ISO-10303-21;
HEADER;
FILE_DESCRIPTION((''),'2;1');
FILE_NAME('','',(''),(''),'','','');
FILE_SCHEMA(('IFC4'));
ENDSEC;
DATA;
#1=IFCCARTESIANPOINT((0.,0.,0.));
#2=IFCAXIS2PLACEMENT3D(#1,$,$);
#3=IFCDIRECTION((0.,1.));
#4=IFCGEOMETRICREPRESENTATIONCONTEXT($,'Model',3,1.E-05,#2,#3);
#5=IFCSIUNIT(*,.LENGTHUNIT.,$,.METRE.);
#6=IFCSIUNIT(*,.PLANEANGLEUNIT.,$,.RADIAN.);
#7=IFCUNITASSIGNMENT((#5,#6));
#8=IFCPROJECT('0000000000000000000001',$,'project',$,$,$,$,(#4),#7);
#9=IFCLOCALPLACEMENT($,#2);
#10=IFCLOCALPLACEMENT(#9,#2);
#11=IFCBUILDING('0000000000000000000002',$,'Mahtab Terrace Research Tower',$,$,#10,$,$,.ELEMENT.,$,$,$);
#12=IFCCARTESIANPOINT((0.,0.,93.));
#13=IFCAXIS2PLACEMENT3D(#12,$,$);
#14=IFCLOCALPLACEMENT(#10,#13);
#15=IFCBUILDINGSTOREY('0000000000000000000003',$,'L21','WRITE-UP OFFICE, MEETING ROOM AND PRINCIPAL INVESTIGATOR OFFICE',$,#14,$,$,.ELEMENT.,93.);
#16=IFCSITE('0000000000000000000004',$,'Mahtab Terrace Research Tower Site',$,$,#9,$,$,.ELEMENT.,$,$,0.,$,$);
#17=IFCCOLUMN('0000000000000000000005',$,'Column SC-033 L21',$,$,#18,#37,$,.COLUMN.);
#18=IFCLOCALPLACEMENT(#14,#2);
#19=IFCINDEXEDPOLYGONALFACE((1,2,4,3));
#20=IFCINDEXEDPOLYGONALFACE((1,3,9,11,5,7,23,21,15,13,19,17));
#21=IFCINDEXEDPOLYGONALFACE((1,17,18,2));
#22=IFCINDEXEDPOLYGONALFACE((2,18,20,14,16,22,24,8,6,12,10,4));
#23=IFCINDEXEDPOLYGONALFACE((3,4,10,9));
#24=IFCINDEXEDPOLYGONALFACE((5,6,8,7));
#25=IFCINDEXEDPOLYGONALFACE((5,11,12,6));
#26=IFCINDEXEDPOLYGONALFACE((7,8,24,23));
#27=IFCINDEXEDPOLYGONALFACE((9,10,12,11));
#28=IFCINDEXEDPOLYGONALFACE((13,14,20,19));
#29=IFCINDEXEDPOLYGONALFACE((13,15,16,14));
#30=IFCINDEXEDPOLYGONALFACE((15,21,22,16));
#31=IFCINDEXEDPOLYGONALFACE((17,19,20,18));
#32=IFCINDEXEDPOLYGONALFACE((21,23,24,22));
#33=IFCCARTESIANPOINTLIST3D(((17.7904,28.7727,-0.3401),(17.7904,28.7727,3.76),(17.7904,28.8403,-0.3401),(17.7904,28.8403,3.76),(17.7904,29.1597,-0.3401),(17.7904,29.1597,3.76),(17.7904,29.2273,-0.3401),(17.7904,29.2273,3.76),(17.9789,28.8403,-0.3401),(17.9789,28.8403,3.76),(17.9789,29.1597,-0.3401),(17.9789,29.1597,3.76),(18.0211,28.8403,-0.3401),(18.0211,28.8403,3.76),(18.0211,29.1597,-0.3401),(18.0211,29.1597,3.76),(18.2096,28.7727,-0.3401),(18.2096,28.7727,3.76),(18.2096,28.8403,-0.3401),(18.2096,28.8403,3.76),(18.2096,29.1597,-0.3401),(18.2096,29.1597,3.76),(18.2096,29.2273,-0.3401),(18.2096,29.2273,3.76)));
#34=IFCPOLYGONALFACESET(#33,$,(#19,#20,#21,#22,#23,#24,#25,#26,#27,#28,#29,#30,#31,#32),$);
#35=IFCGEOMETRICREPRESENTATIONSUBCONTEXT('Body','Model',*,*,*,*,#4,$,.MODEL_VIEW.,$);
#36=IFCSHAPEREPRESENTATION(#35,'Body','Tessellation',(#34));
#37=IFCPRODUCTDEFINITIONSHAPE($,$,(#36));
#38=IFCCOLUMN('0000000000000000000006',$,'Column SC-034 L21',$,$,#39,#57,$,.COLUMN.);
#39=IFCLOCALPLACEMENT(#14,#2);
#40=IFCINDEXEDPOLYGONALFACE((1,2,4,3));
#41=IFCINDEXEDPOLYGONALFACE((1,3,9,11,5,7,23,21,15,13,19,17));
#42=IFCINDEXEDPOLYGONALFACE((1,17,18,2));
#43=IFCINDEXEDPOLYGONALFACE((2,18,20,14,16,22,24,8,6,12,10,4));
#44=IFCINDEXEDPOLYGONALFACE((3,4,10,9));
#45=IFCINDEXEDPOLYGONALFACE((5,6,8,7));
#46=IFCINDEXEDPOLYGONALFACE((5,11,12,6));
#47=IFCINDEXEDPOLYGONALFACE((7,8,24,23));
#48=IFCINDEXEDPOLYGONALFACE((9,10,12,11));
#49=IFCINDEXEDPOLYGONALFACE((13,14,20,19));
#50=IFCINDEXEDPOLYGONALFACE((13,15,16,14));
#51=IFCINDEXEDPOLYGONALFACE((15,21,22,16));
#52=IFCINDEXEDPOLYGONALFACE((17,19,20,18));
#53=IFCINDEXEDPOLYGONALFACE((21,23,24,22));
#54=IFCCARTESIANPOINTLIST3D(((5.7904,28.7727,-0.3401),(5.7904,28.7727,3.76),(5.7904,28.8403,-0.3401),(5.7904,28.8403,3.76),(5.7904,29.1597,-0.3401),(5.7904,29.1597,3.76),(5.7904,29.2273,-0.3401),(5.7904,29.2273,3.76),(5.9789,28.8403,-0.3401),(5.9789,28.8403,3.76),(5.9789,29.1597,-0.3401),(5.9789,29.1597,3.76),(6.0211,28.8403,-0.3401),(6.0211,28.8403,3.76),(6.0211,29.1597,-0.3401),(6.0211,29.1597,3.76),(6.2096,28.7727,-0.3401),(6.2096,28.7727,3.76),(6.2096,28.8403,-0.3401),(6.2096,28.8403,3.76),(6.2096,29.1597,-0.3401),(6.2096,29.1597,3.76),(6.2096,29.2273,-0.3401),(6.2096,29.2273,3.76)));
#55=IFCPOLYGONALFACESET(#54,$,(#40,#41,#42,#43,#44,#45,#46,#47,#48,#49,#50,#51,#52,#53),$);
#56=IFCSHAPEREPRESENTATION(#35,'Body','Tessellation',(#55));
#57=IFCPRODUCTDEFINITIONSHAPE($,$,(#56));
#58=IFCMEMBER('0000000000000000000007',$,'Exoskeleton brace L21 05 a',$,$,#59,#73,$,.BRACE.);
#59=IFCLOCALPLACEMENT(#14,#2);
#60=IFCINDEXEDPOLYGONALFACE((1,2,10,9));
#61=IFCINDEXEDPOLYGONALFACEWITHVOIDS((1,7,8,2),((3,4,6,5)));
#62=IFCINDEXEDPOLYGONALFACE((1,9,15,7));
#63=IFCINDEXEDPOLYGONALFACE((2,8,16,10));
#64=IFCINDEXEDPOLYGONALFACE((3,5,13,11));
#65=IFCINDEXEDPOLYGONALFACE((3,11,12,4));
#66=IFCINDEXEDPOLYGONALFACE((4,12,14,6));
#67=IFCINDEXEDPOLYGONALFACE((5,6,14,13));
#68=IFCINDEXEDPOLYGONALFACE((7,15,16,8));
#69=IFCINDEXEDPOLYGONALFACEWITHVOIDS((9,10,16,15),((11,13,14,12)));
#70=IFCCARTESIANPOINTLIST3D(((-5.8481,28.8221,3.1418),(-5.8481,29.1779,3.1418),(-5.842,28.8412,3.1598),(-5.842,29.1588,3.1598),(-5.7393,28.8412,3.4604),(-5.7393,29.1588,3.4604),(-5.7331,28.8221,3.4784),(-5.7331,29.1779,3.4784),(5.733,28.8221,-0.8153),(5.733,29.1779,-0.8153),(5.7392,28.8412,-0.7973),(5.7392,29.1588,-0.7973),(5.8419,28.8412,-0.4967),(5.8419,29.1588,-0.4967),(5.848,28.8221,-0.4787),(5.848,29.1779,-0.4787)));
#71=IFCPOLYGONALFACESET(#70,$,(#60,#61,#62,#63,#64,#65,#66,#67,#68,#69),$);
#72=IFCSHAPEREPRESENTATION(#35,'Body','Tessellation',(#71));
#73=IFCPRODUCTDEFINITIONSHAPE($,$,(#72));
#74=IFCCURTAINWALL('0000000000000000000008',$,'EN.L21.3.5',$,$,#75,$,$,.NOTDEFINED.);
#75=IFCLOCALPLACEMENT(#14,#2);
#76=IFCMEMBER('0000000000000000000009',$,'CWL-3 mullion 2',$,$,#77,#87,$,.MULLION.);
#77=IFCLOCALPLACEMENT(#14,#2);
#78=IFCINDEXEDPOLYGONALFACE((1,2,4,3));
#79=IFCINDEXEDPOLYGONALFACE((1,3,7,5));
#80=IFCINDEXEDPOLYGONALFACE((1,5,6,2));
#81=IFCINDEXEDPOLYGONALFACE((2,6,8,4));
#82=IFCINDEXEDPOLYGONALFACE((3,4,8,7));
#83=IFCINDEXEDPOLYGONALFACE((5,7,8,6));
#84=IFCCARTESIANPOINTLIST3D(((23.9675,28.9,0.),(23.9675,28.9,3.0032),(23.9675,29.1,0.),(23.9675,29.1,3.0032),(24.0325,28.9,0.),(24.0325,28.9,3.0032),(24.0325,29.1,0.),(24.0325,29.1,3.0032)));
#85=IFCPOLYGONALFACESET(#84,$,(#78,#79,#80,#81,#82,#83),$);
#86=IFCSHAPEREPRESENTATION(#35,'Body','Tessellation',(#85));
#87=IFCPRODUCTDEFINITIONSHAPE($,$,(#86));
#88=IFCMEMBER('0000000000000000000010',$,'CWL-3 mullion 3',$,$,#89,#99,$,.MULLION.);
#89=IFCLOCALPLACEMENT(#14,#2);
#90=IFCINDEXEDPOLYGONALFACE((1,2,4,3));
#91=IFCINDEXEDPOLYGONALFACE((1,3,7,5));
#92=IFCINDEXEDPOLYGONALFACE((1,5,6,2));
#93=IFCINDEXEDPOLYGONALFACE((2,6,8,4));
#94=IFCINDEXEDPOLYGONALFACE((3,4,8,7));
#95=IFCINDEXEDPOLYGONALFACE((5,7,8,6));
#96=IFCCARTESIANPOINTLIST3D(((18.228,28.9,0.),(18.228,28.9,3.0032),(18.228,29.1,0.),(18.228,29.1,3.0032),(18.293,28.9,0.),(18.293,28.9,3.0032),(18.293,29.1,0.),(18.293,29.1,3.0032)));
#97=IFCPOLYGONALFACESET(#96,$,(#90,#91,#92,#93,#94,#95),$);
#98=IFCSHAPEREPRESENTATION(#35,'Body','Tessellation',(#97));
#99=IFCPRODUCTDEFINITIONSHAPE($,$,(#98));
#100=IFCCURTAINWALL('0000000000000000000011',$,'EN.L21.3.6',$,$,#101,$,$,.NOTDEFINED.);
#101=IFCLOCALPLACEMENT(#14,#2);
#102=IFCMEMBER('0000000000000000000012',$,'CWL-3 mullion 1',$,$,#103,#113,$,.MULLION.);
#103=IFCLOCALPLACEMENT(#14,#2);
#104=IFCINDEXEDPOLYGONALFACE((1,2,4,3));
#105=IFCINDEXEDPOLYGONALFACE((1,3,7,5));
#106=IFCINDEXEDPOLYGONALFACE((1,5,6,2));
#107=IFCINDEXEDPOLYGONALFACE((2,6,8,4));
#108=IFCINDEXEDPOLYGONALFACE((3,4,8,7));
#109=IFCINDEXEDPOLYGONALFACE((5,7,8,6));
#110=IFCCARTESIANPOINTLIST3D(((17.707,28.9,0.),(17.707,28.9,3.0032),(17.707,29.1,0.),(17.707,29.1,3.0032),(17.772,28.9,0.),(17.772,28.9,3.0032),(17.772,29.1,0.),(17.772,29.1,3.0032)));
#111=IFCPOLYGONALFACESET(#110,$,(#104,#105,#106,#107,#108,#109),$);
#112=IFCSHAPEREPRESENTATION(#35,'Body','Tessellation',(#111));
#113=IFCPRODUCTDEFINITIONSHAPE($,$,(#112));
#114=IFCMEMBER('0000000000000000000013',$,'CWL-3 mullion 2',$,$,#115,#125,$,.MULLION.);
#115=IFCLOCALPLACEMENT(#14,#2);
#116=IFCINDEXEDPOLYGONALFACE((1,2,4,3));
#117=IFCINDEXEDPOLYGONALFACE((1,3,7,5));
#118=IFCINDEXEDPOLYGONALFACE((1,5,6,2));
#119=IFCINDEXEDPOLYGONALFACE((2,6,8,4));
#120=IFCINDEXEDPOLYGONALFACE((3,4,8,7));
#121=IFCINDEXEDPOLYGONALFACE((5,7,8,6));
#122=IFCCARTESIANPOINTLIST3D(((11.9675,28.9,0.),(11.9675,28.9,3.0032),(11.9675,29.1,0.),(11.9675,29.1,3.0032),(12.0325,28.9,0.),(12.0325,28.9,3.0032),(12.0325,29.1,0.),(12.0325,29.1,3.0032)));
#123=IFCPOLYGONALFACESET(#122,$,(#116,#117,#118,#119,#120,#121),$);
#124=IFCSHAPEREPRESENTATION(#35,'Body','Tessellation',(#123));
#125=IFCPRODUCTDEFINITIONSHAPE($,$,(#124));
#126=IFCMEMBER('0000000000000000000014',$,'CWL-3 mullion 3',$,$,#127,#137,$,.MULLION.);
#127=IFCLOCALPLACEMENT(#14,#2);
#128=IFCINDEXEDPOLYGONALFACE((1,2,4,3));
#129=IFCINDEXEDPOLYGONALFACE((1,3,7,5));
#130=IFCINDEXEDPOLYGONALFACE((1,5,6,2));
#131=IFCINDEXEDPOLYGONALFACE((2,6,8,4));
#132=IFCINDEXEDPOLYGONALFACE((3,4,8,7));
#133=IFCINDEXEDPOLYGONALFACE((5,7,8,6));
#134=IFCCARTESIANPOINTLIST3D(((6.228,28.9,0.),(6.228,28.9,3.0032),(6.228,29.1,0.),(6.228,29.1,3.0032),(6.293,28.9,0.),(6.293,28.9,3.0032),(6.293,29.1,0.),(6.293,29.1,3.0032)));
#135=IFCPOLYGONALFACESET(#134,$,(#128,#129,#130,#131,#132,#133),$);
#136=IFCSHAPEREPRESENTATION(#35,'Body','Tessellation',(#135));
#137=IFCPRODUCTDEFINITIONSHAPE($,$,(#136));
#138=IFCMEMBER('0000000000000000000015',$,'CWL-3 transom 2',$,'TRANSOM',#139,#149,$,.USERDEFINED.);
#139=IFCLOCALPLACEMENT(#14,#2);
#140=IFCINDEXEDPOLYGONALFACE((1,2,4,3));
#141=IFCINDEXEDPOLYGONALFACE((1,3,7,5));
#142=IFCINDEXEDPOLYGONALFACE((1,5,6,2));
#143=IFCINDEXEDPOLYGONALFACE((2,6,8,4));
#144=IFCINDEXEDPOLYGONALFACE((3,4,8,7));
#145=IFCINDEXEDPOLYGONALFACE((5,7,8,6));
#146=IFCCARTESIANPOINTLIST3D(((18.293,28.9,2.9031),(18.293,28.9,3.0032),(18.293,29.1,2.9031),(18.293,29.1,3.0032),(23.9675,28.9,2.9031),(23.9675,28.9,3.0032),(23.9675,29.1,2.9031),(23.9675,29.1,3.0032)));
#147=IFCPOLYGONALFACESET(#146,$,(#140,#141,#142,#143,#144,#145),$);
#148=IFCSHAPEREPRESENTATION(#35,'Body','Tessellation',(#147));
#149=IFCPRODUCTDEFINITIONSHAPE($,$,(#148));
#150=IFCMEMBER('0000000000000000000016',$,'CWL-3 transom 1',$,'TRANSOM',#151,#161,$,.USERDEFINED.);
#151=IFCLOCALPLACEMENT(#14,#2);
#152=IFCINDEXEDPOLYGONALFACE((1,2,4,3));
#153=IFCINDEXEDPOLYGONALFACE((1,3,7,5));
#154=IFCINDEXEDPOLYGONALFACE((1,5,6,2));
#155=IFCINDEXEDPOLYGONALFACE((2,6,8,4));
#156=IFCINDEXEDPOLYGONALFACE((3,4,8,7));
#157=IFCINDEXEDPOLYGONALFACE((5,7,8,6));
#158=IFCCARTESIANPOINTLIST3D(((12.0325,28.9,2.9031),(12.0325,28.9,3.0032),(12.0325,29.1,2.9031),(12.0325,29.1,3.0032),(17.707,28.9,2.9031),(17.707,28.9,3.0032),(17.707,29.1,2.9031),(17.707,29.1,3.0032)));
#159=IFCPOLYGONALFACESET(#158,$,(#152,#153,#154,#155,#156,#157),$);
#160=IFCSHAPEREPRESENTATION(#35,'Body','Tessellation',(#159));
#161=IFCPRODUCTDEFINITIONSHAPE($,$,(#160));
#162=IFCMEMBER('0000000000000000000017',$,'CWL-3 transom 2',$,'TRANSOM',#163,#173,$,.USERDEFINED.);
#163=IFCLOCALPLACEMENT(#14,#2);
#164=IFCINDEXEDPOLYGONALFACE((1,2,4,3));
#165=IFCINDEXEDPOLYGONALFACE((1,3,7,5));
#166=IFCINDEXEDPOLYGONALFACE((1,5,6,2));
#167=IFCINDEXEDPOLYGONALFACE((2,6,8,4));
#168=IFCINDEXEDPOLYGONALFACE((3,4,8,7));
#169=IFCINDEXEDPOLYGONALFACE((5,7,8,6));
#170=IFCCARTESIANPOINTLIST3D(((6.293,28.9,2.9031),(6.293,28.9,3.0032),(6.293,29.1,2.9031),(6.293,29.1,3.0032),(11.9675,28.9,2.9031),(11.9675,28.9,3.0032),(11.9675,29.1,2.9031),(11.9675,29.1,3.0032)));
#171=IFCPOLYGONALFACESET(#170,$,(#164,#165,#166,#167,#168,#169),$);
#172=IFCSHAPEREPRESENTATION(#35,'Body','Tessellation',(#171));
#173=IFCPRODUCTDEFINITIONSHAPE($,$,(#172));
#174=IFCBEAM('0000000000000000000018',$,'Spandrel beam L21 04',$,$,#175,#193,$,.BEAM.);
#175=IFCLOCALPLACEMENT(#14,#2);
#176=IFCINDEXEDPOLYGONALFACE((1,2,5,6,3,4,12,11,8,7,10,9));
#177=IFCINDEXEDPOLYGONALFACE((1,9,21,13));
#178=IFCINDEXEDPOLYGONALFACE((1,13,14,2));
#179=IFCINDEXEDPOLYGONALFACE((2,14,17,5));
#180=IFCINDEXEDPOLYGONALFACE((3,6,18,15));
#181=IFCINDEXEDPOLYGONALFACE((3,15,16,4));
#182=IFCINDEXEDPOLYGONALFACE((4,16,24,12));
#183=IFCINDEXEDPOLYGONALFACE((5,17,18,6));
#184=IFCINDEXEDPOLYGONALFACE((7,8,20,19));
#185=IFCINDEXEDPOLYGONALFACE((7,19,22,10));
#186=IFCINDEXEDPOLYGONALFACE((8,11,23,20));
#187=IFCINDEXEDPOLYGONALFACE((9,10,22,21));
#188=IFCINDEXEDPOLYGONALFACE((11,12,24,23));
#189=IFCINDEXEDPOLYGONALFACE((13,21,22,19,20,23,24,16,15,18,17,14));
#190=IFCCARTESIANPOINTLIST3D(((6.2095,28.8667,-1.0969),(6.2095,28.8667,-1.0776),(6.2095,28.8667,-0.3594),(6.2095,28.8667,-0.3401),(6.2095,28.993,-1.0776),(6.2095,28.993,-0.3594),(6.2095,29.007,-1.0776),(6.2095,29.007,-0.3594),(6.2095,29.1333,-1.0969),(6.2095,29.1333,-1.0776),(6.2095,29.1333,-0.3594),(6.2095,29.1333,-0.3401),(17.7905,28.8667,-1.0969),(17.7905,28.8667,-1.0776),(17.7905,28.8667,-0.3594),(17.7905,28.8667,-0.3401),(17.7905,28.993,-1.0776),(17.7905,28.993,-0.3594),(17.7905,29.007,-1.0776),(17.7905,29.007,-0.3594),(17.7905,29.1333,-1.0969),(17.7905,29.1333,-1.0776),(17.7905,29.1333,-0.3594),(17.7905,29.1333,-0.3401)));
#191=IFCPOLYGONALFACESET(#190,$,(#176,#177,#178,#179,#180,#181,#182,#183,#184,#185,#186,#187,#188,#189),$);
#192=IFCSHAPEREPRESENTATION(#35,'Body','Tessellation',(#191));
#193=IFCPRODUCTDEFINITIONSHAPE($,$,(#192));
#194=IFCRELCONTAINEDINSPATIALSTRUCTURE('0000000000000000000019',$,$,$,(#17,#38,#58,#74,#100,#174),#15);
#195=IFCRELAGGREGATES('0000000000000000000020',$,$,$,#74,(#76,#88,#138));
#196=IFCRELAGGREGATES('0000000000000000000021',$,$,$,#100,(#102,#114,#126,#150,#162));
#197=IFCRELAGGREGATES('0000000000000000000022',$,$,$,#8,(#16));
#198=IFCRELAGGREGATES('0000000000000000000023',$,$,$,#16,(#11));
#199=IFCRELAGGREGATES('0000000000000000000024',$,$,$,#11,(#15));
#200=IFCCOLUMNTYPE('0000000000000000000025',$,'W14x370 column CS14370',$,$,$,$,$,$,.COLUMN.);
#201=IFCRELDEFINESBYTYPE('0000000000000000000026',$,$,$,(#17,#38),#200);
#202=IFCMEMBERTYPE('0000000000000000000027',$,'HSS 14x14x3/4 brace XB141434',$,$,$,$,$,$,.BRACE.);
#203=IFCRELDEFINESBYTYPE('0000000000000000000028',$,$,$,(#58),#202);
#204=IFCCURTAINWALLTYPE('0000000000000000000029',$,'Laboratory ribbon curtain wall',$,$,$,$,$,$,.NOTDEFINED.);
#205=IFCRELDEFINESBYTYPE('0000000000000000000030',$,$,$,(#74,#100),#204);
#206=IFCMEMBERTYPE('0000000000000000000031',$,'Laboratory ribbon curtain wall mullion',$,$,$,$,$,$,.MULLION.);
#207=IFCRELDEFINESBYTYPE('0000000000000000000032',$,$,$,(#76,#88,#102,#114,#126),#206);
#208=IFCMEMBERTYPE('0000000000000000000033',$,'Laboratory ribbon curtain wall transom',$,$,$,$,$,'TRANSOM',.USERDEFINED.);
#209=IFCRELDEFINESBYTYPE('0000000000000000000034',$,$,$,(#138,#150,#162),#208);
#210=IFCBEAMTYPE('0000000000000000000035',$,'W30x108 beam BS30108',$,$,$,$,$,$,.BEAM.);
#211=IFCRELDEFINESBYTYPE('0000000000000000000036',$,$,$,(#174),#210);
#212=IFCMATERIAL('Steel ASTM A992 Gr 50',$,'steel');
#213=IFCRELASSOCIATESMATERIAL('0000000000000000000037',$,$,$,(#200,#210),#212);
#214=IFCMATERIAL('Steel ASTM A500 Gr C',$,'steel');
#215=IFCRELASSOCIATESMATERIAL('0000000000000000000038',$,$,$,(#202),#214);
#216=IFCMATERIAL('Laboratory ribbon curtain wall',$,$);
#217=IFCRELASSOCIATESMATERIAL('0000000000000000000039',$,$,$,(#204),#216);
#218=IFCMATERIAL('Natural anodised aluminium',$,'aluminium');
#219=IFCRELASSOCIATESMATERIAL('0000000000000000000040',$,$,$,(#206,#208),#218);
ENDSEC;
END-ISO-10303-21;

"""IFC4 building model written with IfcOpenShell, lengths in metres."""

from ifc_helpers import new_model, si_unit, direction, frame, origin, origin_2d, place, context, subcontext, project, spatial, rectangle, hollow_rectangle, i_section, extrude, material, material_profile, profile_set, type_object, element, aggregate, save


model = new_model("IFC4")

# Units and contexts
model_context = context("Model", 3, precision=1e-05, world=origin(), true_north=direction((0.0, 1.0)))
body_context = subcontext(model_context, "Body", "Model", "MODEL_VIEW")
ifc_project = project(units=[si_unit("LENGTHUNIT", "METRE"), si_unit("PLANEANGLEUNIT", "RADIAN")], contexts=[model_context])

# Site, building, storey
site_placement = place(None, origin())
site = spatial("IfcSite", under=ifc_project, at=site_placement, Name="Mahtab Terrace Research Tower Site", CompositionType="ELEMENT", RefElevation=0.0)
building_placement = place(site_placement, origin())
building = spatial("IfcBuilding", under=site, at=building_placement, Name="Mahtab Terrace Research Tower", CompositionType="ELEMENT")
storey_placement = place(building_placement, frame((0.0, 0.0, 93.0)))
storey = spatial("IfcBuildingStorey", under=building, at=storey_placement, Name="L21", Description="WRITE-UP OFFICE, MEETING ROOM AND PRINCIPAL INVESTIGATOR OFFICE", CompositionType="ELEMENT", Elevation=93.0)

# Columns
ifc_material_1 = material(Name="Steel ASTM A992 Gr 50", Category="steel")
ifc_material_profile_1 = material_profile(ifc_material_1, i_section(OverallWidth=0.4192, OverallDepth=0.4546, WebThickness=0.0422, FlangeThickness=0.0676, at=origin_2d()), Name="W14X370")
ifc_profile_set_1 = profile_set([ifc_material_profile_1], Name="Steel ASTM A992 Gr 50")
column_type = type_object("IfcColumnType", Name="W14x370 column CS14370", PredefinedType="COLUMN", material=ifc_profile_set_1)
for number, where, z_axis, x_axis, name in (
    (1, (18.0, 29.0, -0.3401), (0.0, 0.0, 1.0), (1.0, 0.0, 0.0), "Column SC-033 L21"),
    (2, (6.0, 29.0, -0.3401), (0.0, 0.0, 1.0), (1.0, 0.0, 0.0), "Column SC-034 L21"),
):
    element("IfcColumn", number, at=place(storey_placement, frame(where, z_axis=z_axis, x_axis=x_axis)), inside=storey, type_object=column_type, Name=name, PredefinedType="COLUMN", context=body_context, shape_type="SweptSolid", body=[
        extrude(i_section(OverallWidth=0.4192, OverallDepth=0.4546, WebThickness=0.0422, FlangeThickness=0.0676, at=origin_2d()), origin(), (0.0, 0.0, 1.0), 4.1001),
    ])

# Member
ifc_material_2 = material(Name="Steel ASTM A500 Gr C", Category="steel")
ifc_material_profile_2 = material_profile(ifc_material_2, hollow_rectangle(XDim=0.3557, YDim=0.3557, WallThickness=0.019, at=origin_2d()), Name="HSS14X14X3/4")
ifc_profile_set_2 = profile_set([ifc_material_profile_2], Name="Steel ASTM A500 Gr C")
member_type_1 = type_object("IfcMemberType", Name="HSS 14x14x3/4 brace XB141434", PredefinedType="BRACE", material=ifc_profile_set_2)
member_1_placement = place(storey_placement, frame((5.7905, 29.0, -0.647), z_axis=(-0.946287, 0.0, 0.323329), x_axis=(0.0, -1.0, 0.0)))
element("IfcMember", 3, at=member_1_placement, inside=storey, type_object=member_type_1, Name="Exoskeleton brace L21 05 a", PredefinedType="BRACE", context=body_context, shape_type="SweptSolid", body=[
    extrude(hollow_rectangle(XDim=0.3557, YDim=0.3557, WallThickness=0.019, at=origin_2d()), origin(), (0.0, 0.0, 1.0), 12.2385),
])

# Curtain walls, members
ifc_material_3 = material(Name="Laboratory ribbon curtain wall")
curtain_wall_type = type_object("IfcCurtainWallType", Name="Laboratory ribbon curtain wall", PredefinedType="NOTDEFINED", material=ifc_material_3)
curtain_wall_1_placement = place(storey_placement, origin())
curtain_wall_1 = element("IfcCurtainWall", 4, at=curtain_wall_1_placement, inside=storey, type_object=curtain_wall_type, Name="EN.L21.3.5", PredefinedType="NOTDEFINED")
ifc_material_4 = material(Name="Natural anodised aluminium", Category="aluminium")
ifc_material_profile_3 = material_profile(ifc_material_4, rectangle(XDim=0.2, YDim=0.0649, at=origin_2d()), Name="MULLION 65x200")
ifc_profile_set_3 = profile_set([ifc_material_profile_3], Name="Natural anodised aluminium")
member_type_2 = type_object("IfcMemberType", Name="Laboratory ribbon curtain wall mullion", PredefinedType="MULLION", material=ifc_profile_set_3)
member_2_placement = place(storey_placement, frame((24.0, 29.0, 0.0), z_axis=(0.0, 0.0, 1.0), x_axis=(0.0, -1.0, 0.0)))
member_2 = element("IfcMember", 5, at=member_2_placement, type_object=member_type_2, Name="CWL-3 mullion 2", PredefinedType="MULLION", context=body_context, shape_type="SweptSolid", body=[
    extrude(rectangle(XDim=0.2, YDim=0.0649, at=origin_2d()), origin(), (0.0, 0.0, 1.0), 3.0032),
])
member_3_placement = place(storey_placement, frame((18.2605, 29.0, 0.0), z_axis=(0.0, 0.0, 1.0), x_axis=(0.0, -1.0, 0.0)))
member_3 = element("IfcMember", 6, at=member_3_placement, type_object=member_type_2, Name="CWL-3 mullion 3", PredefinedType="MULLION", context=body_context, shape_type="SweptSolid", body=[
    extrude(rectangle(XDim=0.2, YDim=0.0649, at=origin_2d()), origin(), (0.0, 0.0, 1.0), 3.0032),
])
curtain_wall_2_placement = place(storey_placement, origin())
curtain_wall_2 = element("IfcCurtainWall", 7, at=curtain_wall_2_placement, inside=storey, type_object=curtain_wall_type, Name="EN.L21.3.6", PredefinedType="NOTDEFINED")
member_4_placement = place(storey_placement, frame((17.7395, 29.0, 0.0), z_axis=(0.0, 0.0, 1.0), x_axis=(0.0, -1.0, 0.0)))
member_4 = element("IfcMember", 8, at=member_4_placement, type_object=member_type_2, Name="CWL-3 mullion 1", PredefinedType="MULLION", context=body_context, shape_type="SweptSolid", body=[
    extrude(rectangle(XDim=0.2, YDim=0.0649, at=origin_2d()), origin(), (0.0, 0.0, 1.0), 3.0032),
])
member_5_placement = place(storey_placement, frame((12.0, 29.0, 0.0), z_axis=(0.0, 0.0, 1.0), x_axis=(0.0, -1.0, 0.0)))
member_5 = element("IfcMember", 9, at=member_5_placement, type_object=member_type_2, Name="CWL-3 mullion 2", PredefinedType="MULLION", context=body_context, shape_type="SweptSolid", body=[
    extrude(rectangle(XDim=0.2, YDim=0.0649, at=origin_2d()), origin(), (0.0, 0.0, 1.0), 3.0032),
])
member_6_placement = place(storey_placement, frame((6.2605, 29.0, 0.0), z_axis=(0.0, 0.0, 1.0), x_axis=(0.0, -1.0, 0.0)))
member_6 = element("IfcMember", 10, at=member_6_placement, type_object=member_type_2, Name="CWL-3 mullion 3", PredefinedType="MULLION", context=body_context, shape_type="SweptSolid", body=[
    extrude(rectangle(XDim=0.2, YDim=0.0649, at=origin_2d()), origin(), (0.0, 0.0, 1.0), 3.0032),
])

# Members
ifc_material_profile_4 = material_profile(ifc_material_4, rectangle(XDim=0.2, YDim=0.1001, at=origin_2d()), Name="TRANSOM 100x200")
ifc_profile_set_4 = profile_set([ifc_material_profile_4], Name="Natural anodised aluminium")
member_type_3 = type_object("IfcMemberType", Name="Laboratory ribbon curtain wall transom", ElementType="TRANSOM", PredefinedType="USERDEFINED", material=ifc_profile_set_4)
member_7_placement = place(storey_placement, frame((23.9675, 29.0, 2.9531), z_axis=(-1.0, 0.0, 0.0), x_axis=(0.0, -1.0, 0.0)))
member_7 = element("IfcMember", 11, at=member_7_placement, type_object=member_type_3, Name="CWL-3 transom 2", ObjectType="TRANSOM", PredefinedType="USERDEFINED", context=body_context, shape_type="SweptSolid", body=[
    extrude(rectangle(XDim=0.2, YDim=0.1001, at=origin_2d()), origin(), (0.0, 0.0, 1.0), 5.6746),
])
member_8_placement = place(storey_placement, frame((17.707, 29.0, 2.9531), z_axis=(-1.0, 0.0, 0.0), x_axis=(0.0, -1.0, 0.0)))
member_8 = element("IfcMember", 12, at=member_8_placement, type_object=member_type_3, Name="CWL-3 transom 1", ObjectType="TRANSOM", PredefinedType="USERDEFINED", context=body_context, shape_type="SweptSolid", body=[
    extrude(rectangle(XDim=0.2, YDim=0.1001, at=origin_2d()), origin(), (0.0, 0.0, 1.0), 5.6746),
])
member_9_placement = place(storey_placement, frame((11.9675, 29.0, 2.9531), z_axis=(-1.0, 0.0, 0.0), x_axis=(0.0, -1.0, 0.0)))
member_9 = element("IfcMember", 13, at=member_9_placement, type_object=member_type_3, Name="CWL-3 transom 2", ObjectType="TRANSOM", PredefinedType="USERDEFINED", context=body_context, shape_type="SweptSolid", body=[
    extrude(rectangle(XDim=0.2, YDim=0.1001, at=origin_2d()), origin(), (0.0, 0.0, 1.0), 5.6746),
])

# Beam
ifc_material_profile_5 = material_profile(ifc_material_1, i_section(OverallWidth=0.2666, OverallDepth=0.7568, WebThickness=0.0139, FlangeThickness=0.0193, at=origin_2d()), Name="W30X108")
ifc_profile_set_5 = profile_set([ifc_material_profile_5], Name="Steel ASTM A992 Gr 50")
beam_type = type_object("IfcBeamType", Name="W30x108 beam BS30108", PredefinedType="BEAM", material=ifc_profile_set_5)
for number, where, z_axis, x_axis, name in (
    (14, (17.7905, 29.0, -0.7185), (-1.0, 0.0, 0.0), (0.0, -1.0, 0.0), "Spandrel beam L21 04"),
):
    element("IfcBeam", number, at=place(storey_placement, frame(where, z_axis=z_axis, x_axis=x_axis)), inside=storey, type_object=beam_type, Name=name, PredefinedType="BEAM", context=body_context, shape_type="SweptSolid", body=[
        extrude(i_section(OverallWidth=0.2666, OverallDepth=0.7568, WebThickness=0.0139, FlangeThickness=0.0193, at=origin_2d()), origin(), (0.0, 0.0, 1.0), 11.5811),
    ])

aggregate(curtain_wall_1, [member_2, member_3, member_7])
aggregate(curtain_wall_2, [member_4, member_5, member_6, member_8, member_9])

save(model, "model.ifc")
